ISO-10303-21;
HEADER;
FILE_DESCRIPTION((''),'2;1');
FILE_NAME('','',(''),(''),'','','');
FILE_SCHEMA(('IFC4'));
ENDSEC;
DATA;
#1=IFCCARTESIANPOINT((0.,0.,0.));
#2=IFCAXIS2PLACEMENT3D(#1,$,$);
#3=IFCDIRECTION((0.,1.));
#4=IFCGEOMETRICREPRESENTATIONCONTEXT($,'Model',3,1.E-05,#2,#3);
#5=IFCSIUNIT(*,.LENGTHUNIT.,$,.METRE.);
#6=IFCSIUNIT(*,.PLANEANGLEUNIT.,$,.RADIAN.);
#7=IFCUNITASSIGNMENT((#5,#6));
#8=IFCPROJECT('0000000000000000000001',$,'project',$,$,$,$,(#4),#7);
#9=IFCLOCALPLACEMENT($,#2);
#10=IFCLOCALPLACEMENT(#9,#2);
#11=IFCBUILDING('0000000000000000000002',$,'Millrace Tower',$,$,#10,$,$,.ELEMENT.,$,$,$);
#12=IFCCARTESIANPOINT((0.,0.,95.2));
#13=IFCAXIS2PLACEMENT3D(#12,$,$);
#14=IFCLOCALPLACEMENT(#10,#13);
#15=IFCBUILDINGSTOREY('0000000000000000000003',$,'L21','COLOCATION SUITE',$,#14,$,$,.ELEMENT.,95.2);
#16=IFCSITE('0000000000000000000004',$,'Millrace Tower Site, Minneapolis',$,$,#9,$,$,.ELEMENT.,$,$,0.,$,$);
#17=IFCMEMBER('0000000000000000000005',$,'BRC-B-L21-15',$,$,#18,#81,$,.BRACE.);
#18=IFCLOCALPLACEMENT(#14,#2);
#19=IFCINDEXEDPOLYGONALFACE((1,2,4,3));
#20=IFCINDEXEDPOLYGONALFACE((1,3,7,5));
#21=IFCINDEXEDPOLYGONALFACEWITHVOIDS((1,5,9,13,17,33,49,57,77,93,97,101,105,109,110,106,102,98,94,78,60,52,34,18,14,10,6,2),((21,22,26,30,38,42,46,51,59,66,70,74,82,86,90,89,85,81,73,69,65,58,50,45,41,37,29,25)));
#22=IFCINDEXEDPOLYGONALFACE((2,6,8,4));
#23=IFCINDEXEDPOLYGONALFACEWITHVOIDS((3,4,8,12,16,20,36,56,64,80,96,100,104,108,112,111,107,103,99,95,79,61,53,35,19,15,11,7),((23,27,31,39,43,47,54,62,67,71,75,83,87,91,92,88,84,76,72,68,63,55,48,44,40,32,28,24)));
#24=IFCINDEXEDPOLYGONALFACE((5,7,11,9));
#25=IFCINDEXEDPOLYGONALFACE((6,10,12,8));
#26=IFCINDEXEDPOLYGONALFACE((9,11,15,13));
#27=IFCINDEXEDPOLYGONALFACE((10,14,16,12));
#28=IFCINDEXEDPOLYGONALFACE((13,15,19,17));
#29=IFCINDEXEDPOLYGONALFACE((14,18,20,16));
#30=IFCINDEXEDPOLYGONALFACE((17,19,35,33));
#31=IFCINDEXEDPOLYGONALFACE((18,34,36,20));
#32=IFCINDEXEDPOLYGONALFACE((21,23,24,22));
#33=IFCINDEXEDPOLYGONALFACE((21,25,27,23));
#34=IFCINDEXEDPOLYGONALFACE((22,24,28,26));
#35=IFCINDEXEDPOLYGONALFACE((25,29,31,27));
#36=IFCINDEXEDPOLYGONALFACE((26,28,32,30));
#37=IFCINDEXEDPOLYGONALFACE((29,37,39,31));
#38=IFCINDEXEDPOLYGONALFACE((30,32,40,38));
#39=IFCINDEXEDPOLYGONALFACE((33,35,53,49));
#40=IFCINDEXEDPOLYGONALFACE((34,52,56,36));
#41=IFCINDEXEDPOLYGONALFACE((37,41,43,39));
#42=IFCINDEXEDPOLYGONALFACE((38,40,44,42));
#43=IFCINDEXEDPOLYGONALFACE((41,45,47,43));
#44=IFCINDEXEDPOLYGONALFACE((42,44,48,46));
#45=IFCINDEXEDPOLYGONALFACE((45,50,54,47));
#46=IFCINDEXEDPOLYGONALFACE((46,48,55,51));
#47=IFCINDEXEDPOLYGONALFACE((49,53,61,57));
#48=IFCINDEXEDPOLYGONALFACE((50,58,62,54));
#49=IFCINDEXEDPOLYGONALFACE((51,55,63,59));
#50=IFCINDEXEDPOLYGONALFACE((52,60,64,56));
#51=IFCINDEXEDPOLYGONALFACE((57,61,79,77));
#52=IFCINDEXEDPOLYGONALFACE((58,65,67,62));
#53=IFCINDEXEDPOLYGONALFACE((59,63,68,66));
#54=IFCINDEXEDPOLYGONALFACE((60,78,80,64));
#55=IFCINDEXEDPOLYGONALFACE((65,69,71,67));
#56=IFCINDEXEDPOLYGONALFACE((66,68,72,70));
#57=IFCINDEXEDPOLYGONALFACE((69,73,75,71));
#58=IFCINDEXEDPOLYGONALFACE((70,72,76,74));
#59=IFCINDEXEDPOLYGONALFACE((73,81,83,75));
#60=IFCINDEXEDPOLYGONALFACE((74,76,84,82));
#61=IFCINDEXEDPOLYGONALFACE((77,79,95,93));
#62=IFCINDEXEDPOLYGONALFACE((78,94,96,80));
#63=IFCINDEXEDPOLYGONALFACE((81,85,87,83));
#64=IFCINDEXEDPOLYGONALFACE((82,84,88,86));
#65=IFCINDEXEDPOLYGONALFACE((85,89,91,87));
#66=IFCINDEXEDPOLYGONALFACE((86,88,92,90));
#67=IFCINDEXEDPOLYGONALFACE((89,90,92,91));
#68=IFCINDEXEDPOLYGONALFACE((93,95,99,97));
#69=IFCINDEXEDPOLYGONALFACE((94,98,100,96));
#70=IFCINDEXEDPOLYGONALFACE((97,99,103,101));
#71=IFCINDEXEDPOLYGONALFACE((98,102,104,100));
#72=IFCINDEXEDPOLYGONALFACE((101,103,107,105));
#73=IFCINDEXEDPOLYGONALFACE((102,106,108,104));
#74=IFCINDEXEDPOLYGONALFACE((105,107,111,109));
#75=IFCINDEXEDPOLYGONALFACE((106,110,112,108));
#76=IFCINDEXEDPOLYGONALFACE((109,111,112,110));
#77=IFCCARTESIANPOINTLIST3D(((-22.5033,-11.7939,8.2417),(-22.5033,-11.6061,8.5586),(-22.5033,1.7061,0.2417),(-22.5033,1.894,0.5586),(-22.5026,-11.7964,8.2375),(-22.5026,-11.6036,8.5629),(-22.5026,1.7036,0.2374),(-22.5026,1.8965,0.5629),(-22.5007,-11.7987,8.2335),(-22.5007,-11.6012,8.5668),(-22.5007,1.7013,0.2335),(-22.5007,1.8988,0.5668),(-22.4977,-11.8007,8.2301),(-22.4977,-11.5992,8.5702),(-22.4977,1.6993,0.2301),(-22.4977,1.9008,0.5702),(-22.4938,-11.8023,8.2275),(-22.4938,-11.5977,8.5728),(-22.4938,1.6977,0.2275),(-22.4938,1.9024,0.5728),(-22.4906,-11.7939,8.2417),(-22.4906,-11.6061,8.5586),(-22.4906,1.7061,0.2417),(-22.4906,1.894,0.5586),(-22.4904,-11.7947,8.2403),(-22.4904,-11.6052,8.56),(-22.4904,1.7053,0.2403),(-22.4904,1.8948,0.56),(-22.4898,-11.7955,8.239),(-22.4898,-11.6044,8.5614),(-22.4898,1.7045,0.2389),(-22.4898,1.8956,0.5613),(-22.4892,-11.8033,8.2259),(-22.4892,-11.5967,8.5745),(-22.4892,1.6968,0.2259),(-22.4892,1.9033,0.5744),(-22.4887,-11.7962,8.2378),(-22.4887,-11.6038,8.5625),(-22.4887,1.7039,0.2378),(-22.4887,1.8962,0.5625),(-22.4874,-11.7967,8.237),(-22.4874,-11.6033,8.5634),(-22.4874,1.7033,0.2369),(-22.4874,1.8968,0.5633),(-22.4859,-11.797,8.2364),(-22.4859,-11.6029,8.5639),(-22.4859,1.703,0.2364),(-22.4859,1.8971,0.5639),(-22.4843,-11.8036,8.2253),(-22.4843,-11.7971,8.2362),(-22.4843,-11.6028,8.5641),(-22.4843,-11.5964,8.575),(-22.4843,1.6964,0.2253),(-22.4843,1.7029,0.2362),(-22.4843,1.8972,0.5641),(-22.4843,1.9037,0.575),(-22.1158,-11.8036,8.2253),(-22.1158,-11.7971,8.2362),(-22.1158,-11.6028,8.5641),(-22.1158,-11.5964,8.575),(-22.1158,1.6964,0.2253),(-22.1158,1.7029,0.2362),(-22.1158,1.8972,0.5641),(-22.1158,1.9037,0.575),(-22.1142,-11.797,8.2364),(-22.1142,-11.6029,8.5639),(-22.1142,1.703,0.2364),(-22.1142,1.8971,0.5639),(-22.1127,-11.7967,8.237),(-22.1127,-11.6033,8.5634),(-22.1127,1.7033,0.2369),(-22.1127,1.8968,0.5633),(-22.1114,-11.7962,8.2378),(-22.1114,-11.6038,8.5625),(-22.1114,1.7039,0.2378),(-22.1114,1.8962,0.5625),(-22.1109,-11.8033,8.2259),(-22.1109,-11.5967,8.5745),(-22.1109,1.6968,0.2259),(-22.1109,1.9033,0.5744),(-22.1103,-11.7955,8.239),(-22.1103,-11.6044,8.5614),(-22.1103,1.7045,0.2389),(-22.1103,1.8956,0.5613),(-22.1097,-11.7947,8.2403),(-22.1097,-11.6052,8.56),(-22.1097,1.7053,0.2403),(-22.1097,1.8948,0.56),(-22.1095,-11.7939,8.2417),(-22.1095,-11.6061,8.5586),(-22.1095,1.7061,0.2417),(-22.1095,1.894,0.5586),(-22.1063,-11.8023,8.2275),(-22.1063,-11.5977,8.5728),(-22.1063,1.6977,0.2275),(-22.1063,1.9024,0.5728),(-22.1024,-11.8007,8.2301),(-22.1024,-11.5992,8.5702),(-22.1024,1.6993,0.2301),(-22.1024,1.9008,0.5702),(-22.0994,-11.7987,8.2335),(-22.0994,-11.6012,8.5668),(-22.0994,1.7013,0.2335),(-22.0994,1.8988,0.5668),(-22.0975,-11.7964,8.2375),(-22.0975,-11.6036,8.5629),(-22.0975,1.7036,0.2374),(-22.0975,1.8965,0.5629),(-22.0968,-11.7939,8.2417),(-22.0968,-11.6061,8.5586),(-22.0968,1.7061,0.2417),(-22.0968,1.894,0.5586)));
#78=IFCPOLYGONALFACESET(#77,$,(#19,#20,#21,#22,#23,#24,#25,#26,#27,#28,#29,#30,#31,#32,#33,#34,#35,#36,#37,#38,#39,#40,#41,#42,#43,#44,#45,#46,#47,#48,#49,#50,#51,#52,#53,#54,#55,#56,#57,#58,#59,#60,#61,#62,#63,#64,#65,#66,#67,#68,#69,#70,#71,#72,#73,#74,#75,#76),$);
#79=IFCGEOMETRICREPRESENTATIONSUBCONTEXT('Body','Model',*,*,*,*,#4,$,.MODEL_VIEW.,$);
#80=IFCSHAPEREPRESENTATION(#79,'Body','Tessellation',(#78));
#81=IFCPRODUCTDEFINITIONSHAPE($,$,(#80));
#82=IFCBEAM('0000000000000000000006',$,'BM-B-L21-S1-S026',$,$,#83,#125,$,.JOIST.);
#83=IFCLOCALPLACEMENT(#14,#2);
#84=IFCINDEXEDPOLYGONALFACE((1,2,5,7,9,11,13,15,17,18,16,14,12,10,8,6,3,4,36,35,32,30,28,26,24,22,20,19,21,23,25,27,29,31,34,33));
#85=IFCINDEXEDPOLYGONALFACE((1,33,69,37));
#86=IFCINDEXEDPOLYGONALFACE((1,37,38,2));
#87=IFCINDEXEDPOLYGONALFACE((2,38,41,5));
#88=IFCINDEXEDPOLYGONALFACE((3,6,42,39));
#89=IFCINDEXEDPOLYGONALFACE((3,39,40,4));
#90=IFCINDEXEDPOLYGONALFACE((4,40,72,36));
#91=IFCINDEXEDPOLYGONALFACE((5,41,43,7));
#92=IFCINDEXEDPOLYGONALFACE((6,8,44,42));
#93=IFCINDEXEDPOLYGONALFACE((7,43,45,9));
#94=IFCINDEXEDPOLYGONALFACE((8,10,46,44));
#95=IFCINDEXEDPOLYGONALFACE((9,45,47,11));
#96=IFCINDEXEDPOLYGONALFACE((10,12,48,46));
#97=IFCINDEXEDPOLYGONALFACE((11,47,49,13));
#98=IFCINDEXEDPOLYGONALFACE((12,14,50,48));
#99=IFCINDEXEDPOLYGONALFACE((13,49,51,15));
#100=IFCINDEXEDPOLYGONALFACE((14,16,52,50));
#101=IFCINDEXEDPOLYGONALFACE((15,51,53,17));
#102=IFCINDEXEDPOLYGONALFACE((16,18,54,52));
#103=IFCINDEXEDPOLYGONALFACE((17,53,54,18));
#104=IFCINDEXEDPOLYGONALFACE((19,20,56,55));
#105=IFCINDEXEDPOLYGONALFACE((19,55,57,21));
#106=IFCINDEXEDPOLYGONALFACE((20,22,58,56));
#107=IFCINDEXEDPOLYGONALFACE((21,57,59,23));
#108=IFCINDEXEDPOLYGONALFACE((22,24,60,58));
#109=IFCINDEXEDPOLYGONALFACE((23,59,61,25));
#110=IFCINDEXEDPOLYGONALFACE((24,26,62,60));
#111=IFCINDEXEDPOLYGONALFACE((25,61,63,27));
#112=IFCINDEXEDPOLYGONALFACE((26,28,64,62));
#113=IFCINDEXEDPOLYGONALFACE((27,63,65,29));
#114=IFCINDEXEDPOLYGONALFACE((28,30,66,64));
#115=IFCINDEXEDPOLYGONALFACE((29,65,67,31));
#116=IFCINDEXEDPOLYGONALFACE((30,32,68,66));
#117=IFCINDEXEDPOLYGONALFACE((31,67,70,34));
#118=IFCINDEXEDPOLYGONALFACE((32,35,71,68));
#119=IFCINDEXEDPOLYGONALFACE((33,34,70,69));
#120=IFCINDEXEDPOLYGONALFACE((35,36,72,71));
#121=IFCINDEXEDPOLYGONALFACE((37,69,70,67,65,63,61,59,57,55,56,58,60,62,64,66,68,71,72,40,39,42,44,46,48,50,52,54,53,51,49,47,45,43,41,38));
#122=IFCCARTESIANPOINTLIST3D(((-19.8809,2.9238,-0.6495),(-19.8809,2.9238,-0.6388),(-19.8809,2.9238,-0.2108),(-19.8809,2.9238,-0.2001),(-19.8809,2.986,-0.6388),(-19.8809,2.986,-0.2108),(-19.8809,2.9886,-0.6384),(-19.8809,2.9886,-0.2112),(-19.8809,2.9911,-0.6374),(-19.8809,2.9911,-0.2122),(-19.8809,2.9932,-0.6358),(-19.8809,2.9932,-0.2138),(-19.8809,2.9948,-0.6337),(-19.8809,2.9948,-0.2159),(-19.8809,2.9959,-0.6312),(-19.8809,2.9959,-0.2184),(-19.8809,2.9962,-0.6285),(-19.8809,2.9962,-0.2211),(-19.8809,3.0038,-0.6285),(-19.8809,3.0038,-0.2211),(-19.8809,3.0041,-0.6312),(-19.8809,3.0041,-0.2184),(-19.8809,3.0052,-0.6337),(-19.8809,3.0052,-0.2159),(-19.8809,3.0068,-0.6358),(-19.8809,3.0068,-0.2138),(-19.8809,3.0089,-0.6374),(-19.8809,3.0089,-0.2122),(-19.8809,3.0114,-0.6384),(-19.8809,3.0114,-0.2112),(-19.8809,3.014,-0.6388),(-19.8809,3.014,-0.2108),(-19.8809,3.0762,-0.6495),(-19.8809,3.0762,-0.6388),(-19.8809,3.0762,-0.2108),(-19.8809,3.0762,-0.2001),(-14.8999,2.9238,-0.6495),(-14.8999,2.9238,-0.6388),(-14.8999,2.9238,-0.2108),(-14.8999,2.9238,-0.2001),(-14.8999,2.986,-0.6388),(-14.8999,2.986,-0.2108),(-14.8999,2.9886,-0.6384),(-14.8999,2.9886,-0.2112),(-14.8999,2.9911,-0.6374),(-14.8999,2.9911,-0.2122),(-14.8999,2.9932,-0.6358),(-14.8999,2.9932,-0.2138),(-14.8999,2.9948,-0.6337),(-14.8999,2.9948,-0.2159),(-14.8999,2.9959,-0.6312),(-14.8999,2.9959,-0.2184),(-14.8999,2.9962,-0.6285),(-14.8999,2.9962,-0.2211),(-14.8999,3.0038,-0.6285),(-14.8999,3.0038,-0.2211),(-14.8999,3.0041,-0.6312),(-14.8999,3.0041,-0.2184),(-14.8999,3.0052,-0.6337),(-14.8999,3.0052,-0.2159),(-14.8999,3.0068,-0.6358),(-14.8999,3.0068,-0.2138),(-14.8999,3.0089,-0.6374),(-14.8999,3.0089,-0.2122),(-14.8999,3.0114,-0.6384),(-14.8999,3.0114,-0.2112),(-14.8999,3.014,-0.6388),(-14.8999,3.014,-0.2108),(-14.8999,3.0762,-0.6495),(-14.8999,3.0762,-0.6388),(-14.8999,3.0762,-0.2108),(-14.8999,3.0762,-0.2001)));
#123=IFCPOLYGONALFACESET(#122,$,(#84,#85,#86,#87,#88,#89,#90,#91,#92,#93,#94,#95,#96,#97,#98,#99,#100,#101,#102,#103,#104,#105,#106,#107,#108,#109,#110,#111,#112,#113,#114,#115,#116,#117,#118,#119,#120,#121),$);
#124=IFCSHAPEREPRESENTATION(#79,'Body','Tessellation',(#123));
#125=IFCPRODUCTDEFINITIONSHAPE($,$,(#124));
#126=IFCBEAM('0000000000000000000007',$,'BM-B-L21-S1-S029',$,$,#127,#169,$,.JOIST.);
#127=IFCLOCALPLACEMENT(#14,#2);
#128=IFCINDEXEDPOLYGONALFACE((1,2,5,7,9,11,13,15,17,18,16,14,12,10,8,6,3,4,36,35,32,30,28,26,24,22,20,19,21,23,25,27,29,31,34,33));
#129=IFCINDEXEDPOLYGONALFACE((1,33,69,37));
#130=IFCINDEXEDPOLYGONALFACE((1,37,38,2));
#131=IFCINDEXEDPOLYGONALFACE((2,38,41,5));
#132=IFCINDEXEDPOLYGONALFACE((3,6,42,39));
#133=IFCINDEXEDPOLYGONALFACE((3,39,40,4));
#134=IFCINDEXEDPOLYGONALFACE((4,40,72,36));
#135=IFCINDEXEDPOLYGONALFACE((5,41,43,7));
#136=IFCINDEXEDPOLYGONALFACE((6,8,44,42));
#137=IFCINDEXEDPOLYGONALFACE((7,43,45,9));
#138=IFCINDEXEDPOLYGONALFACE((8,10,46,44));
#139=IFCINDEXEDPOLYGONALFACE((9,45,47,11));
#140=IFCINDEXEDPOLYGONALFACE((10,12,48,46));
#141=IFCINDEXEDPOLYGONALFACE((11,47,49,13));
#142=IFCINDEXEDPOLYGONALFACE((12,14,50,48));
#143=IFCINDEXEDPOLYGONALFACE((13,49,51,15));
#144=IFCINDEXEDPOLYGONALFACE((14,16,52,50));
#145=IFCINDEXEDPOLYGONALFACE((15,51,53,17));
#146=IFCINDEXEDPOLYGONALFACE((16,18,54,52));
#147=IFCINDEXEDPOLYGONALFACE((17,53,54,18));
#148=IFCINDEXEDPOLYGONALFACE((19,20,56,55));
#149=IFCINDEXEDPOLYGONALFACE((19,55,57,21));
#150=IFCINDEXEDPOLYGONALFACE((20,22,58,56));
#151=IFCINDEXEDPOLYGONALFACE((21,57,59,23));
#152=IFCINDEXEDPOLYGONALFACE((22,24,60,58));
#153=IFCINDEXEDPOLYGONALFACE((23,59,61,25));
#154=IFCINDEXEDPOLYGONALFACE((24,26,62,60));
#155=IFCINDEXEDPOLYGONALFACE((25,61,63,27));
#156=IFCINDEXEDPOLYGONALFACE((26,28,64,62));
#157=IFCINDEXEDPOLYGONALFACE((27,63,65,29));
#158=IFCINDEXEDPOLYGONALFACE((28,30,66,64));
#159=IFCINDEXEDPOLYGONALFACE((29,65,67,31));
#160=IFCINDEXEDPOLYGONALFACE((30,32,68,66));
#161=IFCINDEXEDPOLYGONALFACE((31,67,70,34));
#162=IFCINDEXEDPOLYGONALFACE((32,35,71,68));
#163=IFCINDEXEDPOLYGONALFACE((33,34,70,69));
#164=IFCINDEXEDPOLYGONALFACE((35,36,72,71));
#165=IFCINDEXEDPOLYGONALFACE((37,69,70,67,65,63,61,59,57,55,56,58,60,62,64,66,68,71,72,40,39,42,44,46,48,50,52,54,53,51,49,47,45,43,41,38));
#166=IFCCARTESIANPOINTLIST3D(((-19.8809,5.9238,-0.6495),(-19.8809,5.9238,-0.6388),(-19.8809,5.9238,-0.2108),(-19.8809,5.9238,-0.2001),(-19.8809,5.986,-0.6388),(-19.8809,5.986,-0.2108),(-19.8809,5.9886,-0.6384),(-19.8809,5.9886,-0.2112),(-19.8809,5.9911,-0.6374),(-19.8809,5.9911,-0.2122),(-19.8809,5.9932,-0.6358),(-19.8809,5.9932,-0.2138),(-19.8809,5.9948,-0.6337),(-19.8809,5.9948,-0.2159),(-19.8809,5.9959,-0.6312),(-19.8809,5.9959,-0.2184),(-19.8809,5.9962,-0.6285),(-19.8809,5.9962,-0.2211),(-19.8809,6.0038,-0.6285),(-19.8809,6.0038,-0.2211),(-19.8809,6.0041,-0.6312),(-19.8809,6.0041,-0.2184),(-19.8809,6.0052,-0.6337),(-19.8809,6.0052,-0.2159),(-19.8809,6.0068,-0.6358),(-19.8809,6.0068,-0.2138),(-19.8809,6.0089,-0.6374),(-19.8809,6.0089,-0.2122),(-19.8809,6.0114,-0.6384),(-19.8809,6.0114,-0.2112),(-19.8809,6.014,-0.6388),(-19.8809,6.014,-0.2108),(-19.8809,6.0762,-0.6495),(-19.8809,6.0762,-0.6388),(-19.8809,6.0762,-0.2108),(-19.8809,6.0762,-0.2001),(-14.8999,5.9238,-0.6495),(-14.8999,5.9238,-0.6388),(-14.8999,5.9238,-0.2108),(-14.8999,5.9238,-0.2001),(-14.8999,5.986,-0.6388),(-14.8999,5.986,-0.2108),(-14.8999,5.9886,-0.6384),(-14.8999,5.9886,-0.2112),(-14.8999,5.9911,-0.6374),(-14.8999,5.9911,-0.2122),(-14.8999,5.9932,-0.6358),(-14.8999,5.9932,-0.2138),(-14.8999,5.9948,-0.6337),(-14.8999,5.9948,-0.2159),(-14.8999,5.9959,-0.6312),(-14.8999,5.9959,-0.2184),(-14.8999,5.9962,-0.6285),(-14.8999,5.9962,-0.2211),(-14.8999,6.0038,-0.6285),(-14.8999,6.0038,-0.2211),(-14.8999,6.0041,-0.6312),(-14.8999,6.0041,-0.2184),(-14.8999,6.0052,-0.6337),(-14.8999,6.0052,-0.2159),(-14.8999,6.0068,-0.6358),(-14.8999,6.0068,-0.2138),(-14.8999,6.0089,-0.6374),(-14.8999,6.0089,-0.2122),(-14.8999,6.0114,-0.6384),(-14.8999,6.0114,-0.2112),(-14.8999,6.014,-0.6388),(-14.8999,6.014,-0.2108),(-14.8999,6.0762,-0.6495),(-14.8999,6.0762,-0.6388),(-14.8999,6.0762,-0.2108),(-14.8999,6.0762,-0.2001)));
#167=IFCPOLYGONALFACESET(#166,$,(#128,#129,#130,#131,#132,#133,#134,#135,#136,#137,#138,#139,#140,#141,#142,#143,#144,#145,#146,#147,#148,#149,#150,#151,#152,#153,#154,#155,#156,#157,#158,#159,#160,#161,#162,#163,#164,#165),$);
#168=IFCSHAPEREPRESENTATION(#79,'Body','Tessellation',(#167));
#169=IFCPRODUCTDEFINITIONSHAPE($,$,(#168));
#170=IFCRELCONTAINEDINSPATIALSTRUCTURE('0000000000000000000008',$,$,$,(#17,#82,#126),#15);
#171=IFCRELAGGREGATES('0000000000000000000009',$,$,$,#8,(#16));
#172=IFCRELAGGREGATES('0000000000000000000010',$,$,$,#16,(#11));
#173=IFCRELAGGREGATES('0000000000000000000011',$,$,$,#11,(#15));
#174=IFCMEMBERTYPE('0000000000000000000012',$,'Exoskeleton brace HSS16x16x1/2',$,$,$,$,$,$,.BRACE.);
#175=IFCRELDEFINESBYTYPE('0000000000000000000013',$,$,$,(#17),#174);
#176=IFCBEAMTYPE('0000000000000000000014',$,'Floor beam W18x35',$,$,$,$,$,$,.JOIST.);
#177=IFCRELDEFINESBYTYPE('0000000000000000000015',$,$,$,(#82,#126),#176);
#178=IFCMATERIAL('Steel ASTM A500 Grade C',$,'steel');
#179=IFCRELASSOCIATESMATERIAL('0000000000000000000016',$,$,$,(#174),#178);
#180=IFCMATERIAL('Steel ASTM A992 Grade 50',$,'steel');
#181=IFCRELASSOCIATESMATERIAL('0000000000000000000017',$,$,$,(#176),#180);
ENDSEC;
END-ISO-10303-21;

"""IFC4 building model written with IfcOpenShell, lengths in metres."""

from ifc_helpers import new_model, si_unit, direction, frame, origin, origin_2d, place, context, subcontext, project, spatial, hollow_rectangle, i_section, extrude, material, material_profile, profile_set, type_object, element, save


model = new_model("IFC4")

# Units and contexts
model_context = context("Model", 3, precision=1e-05, world=origin(), true_north=direction((0.0, 1.0)))
body_context = subcontext(model_context, "Body", "Model", "MODEL_VIEW")
ifc_project = project(units=[si_unit("LENGTHUNIT", "METRE"), si_unit("PLANEANGLEUNIT", "RADIAN")], contexts=[model_context])

# Site, building, storey
site_placement = place(None, origin())
site = spatial("IfcSite", under=ifc_project, at=site_placement, Name="Millrace Tower Site, Minneapolis", CompositionType="ELEMENT", RefElevation=0.0)
building_placement = place(site_placement, origin())
building = spatial("IfcBuilding", under=site, at=building_placement, Name="Millrace Tower", CompositionType="ELEMENT")
storey_placement = place(building_placement, frame((0.0, 0.0, 95.2)))
storey = spatial("IfcBuildingStorey", under=building, at=storey_placement, Name="L21", Description="COLOCATION SUITE", CompositionType="ELEMENT", Elevation=95.2)

# Member
ifc_material_1 = material(Name="Steel ASTM A500 Grade C", Category="steel")
ifc_material_profile_1 = material_profile(ifc_material_1, hollow_rectangle(XDim=0.4065, YDim=0.4065, WallThickness=0.0127, InnerFilletRadius=0.0063, OuterFilletRadius=0.019, at=origin_2d()))
ifc_profile_set_1 = profile_set([ifc_material_profile_1], Name="Steel ASTM A500 Grade C")
member_type_1 = type_object("IfcMemberType", Name="Exoskeleton brace HSS16x16x1/2", PredefinedType="BRACE", material=ifc_profile_set_1)
member_1_placement = place(storey_placement, frame((-22.3, 1.8, 0.4001), z_axis=(0.0, -0.860292, 0.509802), x_axis=(1.0, 0.0, 0.0)))
element("IfcMember", 1, at=member_1_placement, inside=storey, type_object=member_type_1, Name="BRC-B-L21-15", PredefinedType="BRACE", context=body_context, shape_type="SweptSolid", body=[
    extrude(hollow_rectangle(XDim=0.4065, YDim=0.4065, WallThickness=0.0127, InnerFilletRadius=0.0063, OuterFilletRadius=0.019, at=origin_2d()), origin(), (0.0, 0.0, 1.0), 15.6924),
])

# Beams
ifc_material_2 = material(Name="Steel ASTM A992 Grade 50", Category="steel")
ifc_material_profile_2 = material_profile(ifc_material_2, i_section(OverallWidth=0.1523, OverallDepth=0.4495, WebThickness=0.0076, FlangeThickness=0.0107, FilletRadius=0.0103, at=origin_2d()))
ifc_profile_set_2 = profile_set([ifc_material_profile_2], Name="Steel ASTM A992 Grade 50")
beam_type_1 = type_object("IfcBeamType", Name="Floor beam W18x35", PredefinedType="JOIST", material=ifc_profile_set_2)
for number, where, z_axis, x_axis, name in (
    (2, (-19.8809, 3.0, -0.4248), (1.0, 0.0, 0.0), (0.0, 1.0, 0.0), "BM-B-L21-S1-S026"),
    (3, (-19.8809, 6.0, -0.4248), (1.0, 0.0, 0.0), (0.0, 1.0, 0.0), "BM-B-L21-S1-S029"),
):
    element("IfcBeam", number, at=place(storey_placement, frame(where, z_axis=z_axis, x_axis=x_axis)), inside=storey, type_object=beam_type_1, Name=name, PredefinedType="JOIST", context=body_context, shape_type="SweptSolid", body=[
        extrude(i_section(OverallWidth=0.1523, OverallDepth=0.4495, WebThickness=0.0076, FlangeThickness=0.0107, FilletRadius=0.0103, at=origin_2d()), origin(), (0.0, 0.0, 1.0), 4.981),
    ])

save(model, "model.ifc")
